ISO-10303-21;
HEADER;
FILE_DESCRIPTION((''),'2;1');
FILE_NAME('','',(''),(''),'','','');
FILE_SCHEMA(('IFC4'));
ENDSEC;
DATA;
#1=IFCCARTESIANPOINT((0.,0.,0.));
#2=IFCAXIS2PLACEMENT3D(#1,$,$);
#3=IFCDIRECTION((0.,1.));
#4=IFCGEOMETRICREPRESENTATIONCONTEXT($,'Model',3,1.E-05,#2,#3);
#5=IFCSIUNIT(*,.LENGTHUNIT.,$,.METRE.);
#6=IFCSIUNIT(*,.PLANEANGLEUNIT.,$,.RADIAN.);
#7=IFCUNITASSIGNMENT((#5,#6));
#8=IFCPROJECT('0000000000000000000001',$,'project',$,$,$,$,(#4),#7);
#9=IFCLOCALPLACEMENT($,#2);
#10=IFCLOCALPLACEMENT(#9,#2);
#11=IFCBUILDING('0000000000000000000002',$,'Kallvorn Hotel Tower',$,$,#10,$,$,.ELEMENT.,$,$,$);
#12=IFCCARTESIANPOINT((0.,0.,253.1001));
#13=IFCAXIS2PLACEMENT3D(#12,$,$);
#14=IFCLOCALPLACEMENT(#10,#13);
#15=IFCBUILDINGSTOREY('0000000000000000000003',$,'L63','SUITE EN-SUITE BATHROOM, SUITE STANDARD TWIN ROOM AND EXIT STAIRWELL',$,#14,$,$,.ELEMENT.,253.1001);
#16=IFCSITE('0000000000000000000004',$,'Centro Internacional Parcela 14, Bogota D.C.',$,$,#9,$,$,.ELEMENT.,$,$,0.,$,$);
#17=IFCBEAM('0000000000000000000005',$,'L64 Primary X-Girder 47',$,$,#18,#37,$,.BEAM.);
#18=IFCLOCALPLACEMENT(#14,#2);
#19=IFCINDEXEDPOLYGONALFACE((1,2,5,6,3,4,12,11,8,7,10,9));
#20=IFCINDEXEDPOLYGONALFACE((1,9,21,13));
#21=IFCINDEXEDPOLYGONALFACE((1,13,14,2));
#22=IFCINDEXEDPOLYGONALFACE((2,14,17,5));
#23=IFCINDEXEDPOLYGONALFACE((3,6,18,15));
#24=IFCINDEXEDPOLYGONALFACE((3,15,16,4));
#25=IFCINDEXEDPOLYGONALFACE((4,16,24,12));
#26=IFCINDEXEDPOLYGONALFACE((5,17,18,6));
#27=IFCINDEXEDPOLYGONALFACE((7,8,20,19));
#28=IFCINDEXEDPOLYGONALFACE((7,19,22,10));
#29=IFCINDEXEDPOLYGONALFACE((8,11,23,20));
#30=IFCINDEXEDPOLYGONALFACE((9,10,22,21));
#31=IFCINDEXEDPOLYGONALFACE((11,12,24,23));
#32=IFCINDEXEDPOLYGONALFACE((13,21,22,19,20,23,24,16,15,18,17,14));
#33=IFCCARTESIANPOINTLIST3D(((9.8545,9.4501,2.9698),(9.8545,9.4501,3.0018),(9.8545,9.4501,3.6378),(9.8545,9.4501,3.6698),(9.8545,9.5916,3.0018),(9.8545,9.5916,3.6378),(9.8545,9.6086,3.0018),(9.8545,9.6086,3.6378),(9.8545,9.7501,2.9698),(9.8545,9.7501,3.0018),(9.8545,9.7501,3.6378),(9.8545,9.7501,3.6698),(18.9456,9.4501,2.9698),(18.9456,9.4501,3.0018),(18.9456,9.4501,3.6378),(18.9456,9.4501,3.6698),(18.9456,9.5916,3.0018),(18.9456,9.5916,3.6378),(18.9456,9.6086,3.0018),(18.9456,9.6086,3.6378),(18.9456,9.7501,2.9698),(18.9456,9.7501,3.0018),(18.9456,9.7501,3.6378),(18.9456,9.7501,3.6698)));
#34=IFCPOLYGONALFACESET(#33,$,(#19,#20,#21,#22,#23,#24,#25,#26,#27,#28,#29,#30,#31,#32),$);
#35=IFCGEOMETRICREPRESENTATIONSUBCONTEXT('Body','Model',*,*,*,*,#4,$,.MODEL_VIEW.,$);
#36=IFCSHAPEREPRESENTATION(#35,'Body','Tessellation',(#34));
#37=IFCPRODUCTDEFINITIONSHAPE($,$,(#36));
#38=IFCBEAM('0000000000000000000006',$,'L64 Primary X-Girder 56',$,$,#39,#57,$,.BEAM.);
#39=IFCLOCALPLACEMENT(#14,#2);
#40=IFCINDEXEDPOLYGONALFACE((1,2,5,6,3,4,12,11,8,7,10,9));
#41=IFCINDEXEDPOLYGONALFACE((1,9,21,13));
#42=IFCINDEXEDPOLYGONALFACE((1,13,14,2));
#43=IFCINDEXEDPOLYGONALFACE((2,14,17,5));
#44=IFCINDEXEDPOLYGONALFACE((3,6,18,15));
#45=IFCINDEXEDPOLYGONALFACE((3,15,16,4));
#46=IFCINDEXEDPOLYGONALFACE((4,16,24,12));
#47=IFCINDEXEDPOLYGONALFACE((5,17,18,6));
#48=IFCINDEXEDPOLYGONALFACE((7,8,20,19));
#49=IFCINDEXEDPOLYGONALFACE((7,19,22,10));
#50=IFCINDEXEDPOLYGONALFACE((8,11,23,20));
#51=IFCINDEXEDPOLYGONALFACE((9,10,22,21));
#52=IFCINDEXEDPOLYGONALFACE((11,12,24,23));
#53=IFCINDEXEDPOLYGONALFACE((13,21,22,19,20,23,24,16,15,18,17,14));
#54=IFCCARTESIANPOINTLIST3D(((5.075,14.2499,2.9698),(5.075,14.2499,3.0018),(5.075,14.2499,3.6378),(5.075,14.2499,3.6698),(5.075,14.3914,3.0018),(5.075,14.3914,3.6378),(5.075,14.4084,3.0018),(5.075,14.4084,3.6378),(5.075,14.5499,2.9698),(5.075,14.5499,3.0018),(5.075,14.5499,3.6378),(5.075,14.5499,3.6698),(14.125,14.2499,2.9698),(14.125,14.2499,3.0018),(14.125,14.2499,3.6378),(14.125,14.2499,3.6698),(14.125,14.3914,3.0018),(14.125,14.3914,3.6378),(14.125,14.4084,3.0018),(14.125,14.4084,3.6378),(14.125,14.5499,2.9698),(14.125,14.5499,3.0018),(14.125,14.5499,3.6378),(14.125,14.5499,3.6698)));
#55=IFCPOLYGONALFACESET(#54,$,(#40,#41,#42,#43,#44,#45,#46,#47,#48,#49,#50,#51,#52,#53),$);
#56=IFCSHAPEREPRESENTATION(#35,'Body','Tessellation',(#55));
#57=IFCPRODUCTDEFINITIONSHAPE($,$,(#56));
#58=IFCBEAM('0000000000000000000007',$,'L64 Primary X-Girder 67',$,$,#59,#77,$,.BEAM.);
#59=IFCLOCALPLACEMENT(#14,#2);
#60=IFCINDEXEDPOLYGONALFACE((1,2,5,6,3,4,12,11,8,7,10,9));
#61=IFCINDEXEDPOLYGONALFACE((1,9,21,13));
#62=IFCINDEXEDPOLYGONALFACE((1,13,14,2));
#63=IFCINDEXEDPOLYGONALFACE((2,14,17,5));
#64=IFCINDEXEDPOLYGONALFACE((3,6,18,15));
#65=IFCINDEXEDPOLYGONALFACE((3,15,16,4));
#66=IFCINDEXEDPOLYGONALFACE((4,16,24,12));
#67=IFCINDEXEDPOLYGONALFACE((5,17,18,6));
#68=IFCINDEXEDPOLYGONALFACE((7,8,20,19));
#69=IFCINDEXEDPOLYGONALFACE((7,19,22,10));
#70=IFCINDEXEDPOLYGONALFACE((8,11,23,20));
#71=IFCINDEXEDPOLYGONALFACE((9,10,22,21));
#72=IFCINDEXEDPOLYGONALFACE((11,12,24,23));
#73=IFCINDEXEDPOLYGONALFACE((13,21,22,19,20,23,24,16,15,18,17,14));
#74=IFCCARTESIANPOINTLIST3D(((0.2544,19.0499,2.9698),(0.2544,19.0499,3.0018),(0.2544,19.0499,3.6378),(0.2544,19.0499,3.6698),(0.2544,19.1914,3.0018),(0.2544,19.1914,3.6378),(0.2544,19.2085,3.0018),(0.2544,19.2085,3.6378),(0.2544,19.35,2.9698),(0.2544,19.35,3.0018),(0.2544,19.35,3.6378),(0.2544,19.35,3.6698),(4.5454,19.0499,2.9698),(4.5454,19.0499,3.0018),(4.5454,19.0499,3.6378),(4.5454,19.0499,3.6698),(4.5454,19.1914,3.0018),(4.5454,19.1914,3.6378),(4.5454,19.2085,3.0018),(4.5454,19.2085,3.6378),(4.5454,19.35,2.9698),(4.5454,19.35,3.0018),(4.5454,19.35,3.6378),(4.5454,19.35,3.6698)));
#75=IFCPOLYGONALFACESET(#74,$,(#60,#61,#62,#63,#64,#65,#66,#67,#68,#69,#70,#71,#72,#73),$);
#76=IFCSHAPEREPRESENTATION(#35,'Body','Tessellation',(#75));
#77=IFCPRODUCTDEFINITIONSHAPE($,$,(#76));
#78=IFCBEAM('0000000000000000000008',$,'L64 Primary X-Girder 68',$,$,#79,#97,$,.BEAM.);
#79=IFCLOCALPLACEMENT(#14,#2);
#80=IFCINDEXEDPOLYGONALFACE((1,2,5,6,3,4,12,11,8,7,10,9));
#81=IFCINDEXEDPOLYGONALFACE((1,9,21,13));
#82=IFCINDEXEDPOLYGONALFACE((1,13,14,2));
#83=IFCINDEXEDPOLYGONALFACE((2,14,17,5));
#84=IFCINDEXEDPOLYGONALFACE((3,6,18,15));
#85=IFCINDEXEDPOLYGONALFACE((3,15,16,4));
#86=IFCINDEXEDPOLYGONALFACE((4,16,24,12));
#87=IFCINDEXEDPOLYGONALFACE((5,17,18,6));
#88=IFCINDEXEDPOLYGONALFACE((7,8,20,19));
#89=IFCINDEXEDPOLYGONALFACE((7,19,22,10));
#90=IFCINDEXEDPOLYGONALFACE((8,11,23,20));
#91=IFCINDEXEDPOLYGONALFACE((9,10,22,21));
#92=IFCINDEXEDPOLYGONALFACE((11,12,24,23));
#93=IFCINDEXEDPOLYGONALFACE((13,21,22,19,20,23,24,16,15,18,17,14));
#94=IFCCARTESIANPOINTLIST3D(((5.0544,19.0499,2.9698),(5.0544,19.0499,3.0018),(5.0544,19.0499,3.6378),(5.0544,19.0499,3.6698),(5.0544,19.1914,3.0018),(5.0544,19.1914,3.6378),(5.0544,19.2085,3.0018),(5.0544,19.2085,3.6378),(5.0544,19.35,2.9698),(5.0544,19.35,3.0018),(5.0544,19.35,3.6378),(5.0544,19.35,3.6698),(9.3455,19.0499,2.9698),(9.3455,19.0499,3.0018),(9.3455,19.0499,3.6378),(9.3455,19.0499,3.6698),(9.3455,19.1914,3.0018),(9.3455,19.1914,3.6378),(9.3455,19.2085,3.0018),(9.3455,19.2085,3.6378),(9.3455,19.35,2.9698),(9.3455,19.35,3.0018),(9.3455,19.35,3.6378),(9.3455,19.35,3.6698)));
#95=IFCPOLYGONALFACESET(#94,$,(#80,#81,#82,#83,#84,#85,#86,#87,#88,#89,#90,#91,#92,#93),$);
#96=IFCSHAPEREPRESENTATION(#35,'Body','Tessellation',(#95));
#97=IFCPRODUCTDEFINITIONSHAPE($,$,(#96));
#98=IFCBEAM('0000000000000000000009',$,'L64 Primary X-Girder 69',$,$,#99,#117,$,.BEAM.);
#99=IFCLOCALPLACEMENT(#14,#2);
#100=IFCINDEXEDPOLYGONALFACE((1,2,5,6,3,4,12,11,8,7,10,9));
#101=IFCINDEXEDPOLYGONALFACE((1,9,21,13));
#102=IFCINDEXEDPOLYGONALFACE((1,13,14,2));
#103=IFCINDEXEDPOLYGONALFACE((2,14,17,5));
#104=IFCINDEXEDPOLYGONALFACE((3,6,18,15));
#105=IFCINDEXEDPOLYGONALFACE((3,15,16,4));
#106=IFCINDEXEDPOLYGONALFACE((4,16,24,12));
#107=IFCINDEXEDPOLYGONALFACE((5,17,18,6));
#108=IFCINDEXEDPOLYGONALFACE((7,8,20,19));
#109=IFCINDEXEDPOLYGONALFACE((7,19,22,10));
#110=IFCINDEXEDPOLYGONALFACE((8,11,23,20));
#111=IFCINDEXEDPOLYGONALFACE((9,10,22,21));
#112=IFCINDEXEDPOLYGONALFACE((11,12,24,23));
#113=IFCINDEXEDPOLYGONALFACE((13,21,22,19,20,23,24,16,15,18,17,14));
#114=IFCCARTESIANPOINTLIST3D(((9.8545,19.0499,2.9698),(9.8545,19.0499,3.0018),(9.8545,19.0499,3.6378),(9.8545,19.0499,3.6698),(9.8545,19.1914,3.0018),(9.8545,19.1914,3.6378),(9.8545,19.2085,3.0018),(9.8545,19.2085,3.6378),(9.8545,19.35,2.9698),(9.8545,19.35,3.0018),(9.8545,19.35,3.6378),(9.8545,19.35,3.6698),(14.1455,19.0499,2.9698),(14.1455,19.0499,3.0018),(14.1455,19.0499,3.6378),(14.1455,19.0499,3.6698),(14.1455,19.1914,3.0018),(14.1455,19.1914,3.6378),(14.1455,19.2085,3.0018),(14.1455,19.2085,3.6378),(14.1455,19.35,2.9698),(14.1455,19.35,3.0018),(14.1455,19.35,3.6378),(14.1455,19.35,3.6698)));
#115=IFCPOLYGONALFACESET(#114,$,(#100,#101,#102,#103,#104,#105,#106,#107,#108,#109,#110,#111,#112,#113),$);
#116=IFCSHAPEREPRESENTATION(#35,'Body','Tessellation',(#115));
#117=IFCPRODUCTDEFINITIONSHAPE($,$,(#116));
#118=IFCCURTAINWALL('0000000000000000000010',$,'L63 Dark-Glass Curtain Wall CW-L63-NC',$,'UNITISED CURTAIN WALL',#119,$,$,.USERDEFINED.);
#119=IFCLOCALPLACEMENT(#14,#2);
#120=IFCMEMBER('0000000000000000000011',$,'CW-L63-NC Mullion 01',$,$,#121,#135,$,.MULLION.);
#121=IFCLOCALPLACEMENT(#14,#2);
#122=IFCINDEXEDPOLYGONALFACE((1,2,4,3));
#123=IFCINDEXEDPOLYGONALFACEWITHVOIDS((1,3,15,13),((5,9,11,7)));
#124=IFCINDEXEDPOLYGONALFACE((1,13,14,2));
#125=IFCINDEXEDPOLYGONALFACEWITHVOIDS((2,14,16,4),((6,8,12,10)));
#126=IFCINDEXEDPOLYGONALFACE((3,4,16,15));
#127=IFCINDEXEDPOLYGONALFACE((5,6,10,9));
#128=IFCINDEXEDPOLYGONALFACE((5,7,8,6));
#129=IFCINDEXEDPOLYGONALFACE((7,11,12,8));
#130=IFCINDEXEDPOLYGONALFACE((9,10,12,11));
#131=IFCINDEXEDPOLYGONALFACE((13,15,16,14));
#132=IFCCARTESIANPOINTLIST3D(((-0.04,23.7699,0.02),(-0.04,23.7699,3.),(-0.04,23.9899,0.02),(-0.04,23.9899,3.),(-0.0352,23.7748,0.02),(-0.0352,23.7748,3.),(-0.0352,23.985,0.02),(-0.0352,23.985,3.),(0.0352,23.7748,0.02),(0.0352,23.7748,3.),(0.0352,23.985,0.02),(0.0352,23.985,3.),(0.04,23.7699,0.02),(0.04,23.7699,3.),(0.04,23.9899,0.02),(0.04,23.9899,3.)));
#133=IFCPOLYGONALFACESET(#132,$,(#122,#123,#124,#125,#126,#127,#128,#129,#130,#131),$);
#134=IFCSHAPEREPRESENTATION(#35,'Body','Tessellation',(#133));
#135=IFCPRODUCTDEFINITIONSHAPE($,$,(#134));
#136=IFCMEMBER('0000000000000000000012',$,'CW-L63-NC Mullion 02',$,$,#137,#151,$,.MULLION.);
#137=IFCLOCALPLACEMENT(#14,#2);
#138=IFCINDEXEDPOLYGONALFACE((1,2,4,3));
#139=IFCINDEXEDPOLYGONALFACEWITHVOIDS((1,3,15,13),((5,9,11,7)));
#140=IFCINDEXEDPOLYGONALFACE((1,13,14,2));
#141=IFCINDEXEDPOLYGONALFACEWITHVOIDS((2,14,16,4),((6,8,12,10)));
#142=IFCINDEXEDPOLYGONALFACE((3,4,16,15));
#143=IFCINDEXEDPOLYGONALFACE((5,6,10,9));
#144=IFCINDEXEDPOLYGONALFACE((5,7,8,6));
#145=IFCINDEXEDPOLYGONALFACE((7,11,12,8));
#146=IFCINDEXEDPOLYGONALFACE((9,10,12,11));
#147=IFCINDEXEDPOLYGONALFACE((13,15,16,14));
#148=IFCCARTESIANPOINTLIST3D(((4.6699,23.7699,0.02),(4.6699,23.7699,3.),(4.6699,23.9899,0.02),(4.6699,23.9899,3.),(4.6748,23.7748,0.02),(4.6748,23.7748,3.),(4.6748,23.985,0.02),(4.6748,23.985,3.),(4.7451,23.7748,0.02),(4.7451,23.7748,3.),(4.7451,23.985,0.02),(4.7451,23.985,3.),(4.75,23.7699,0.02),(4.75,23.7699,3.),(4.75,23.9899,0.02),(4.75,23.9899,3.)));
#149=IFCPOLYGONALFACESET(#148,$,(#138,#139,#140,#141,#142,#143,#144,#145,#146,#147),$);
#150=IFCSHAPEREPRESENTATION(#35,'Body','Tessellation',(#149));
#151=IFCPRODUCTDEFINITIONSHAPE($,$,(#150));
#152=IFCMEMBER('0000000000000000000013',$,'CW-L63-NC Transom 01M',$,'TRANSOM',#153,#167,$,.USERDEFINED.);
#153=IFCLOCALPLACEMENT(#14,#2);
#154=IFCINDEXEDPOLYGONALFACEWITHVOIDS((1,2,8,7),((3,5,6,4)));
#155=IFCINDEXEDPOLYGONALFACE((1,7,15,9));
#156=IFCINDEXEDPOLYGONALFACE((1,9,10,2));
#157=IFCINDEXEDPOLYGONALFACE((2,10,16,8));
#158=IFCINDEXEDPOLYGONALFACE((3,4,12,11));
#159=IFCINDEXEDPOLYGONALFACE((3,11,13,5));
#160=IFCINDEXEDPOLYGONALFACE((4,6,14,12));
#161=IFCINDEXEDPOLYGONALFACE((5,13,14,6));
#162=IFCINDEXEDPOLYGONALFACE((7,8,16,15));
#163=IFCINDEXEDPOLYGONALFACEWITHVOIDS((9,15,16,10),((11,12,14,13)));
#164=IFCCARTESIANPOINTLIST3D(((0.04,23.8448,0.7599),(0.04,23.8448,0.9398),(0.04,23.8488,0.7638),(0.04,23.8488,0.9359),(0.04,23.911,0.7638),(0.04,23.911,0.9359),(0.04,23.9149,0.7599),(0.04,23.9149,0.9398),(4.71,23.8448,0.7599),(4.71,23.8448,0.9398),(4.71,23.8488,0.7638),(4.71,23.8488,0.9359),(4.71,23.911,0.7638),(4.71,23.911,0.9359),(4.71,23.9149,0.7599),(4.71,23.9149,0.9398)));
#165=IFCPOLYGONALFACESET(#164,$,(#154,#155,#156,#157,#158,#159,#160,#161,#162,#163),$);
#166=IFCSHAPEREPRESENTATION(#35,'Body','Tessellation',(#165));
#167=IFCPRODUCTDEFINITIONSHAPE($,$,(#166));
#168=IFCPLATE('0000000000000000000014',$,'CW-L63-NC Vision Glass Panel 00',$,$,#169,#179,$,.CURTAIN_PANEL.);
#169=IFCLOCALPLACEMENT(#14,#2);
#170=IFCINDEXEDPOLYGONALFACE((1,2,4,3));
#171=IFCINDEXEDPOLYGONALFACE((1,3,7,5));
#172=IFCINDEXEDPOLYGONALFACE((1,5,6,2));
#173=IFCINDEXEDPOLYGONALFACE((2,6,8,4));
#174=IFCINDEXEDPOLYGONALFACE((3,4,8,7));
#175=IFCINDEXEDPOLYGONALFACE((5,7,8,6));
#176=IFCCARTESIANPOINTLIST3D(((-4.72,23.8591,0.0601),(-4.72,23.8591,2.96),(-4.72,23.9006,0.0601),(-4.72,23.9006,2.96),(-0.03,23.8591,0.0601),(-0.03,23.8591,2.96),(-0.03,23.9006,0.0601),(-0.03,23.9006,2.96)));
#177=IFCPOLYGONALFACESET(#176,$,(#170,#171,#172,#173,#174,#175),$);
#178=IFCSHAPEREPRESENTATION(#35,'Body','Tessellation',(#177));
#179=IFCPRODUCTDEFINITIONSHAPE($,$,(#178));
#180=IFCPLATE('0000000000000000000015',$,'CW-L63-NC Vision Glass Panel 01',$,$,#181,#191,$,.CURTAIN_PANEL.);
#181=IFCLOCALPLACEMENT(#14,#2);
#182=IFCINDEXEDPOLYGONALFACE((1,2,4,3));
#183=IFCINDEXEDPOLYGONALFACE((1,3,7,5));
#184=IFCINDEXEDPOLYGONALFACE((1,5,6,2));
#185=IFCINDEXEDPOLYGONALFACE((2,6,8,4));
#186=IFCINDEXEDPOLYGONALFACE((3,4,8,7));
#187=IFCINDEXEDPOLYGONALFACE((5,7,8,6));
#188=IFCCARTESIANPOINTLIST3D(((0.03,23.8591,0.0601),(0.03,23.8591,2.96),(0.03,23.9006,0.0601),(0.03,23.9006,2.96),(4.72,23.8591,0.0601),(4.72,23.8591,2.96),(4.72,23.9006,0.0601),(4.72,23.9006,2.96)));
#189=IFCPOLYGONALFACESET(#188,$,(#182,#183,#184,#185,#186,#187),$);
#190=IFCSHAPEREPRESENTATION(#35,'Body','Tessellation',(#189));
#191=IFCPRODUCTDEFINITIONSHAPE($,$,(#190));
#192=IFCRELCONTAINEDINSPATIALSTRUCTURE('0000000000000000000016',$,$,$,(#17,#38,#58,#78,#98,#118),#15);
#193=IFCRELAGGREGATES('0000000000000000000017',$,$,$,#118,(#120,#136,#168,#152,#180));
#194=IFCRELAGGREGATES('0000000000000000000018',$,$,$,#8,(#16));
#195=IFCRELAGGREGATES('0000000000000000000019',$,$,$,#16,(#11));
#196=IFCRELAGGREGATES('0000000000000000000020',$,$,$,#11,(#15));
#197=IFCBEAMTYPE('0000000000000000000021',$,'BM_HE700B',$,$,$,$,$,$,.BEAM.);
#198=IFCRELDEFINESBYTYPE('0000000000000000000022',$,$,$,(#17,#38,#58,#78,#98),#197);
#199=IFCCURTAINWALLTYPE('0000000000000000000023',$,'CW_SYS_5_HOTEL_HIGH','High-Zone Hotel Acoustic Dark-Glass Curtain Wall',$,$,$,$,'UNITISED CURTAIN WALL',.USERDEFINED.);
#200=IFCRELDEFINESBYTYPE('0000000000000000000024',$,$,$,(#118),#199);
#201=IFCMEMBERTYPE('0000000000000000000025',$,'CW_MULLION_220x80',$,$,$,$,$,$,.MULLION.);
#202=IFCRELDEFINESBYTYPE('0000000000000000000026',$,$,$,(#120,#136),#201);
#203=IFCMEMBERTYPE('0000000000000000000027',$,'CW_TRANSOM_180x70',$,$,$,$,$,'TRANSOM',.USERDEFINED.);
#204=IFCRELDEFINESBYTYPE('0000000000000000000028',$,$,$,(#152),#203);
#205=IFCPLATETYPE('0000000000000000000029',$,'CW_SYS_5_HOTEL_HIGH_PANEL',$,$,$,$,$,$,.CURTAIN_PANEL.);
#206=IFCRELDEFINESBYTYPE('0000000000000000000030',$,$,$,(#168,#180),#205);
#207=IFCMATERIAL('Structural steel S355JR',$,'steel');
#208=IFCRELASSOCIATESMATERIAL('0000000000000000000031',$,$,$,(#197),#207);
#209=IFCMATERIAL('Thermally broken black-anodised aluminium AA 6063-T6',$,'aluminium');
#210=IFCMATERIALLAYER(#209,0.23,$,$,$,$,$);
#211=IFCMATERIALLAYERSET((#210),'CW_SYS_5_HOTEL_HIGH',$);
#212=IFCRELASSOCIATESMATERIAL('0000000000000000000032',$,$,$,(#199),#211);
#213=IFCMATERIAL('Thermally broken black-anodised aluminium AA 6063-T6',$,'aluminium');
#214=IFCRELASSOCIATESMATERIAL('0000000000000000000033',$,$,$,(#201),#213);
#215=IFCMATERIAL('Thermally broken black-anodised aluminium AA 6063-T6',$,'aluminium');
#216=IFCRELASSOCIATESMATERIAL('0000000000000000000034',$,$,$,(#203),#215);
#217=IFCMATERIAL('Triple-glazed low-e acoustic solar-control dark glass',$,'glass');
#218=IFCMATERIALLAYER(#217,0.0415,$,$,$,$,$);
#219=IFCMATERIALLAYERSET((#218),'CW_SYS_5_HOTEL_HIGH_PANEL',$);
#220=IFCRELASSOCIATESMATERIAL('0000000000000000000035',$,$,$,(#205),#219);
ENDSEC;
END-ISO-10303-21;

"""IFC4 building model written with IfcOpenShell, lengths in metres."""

from ifc_helpers import new_model, si_unit, direction, frame, origin, origin_2d, place, context, subcontext, project, spatial, rectangle, hollow_rectangle, i_section, extrude, material, layer, layer_set, material_profile, profile_set, type_object, element, aggregate, save


model = new_model("IFC4")

# Units and contexts
model_context = context("Model", 3, precision=1e-05, world=origin(), true_north=direction((0.0, 1.0)))
body_context = subcontext(model_context, "Body", "Model", "MODEL_VIEW")
ifc_project = project(units=[si_unit("LENGTHUNIT", "METRE"), si_unit("PLANEANGLEUNIT", "RADIAN")], contexts=[model_context])

# Site, building, storey
site_placement = place(None, origin())
site = spatial("IfcSite", under=ifc_project, at=site_placement, Name="Centro Internacional Parcela 14, Bogota D.C.", CompositionType="ELEMENT", RefElevation=0.0)
building_placement = place(site_placement, origin())
building = spatial("IfcBuilding", under=site, at=building_placement, Name="Kallvorn Hotel Tower", CompositionType="ELEMENT")
storey_placement = place(building_placement, frame((0.0, 0.0, 253.1001)))
storey = spatial("IfcBuildingStorey", under=building, at=storey_placement, Name="L63", Description="SUITE EN-SUITE BATHROOM, SUITE STANDARD TWIN ROOM AND EXIT STAIRWELL", CompositionType="ELEMENT", Elevation=253.1001)

# Beams
ifc_material_1 = material(Name="Structural steel S355JR", Category="steel")
ifc_material_profile_1 = material_profile(ifc_material_1, i_section(OverallWidth=0.3, OverallDepth=0.7, WebThickness=0.0171, FlangeThickness=0.032, at=origin_2d()), Name="HE 700 B")
ifc_profile_set_1 = profile_set([ifc_material_profile_1], Name="Structural steel S355JR")
beam_type_1 = type_object("IfcBeamType", Name="BM_HE700B", PredefinedType="BEAM", material=ifc_profile_set_1)
beam_1_placement = place(storey_placement, frame((9.8545, 9.6001, 3.3198), z_axis=(1.0, 0.0, 0.0), x_axis=(0.0, 1.0, 0.0)))
element("IfcBeam", 1, at=beam_1_placement, inside=storey, type_object=beam_type_1, Name="L64 Primary X-Girder 47", PredefinedType="BEAM", context=body_context, shape_type="SweptSolid", body=[
    extrude(i_section(OverallWidth=0.3, OverallDepth=0.7, WebThickness=0.0171, FlangeThickness=0.032, at=origin_2d()), origin(), (0.0, 0.0, 1.0), 9.0911),
])
beam_2_placement = place(storey_placement, frame((5.075, 14.3999, 3.3198), z_axis=(1.0, 0.0, 0.0), x_axis=(0.0, 1.0, 0.0)))
element("IfcBeam", 2, at=beam_2_placement, inside=storey, type_object=beam_type_1, Name="L64 Primary X-Girder 56", PredefinedType="BEAM", context=body_context, shape_type="SweptSolid", body=[
    extrude(i_section(OverallWidth=0.3, OverallDepth=0.7, WebThickness=0.0171, FlangeThickness=0.032, at=origin_2d()), origin(), (0.0, 0.0, 1.0), 9.05),
])
for number, where, z_axis, x_axis, name in (
    (3, (0.2544, 19.2, 3.3198), (1.0, 0.0, 0.0), (0.0, 1.0, 0.0), "L64 Primary X-Girder 67"),
    (4, (5.0544, 19.2, 3.3198), (1.0, 0.0, 0.0), (0.0, 1.0, 0.0), "L64 Primary X-Girder 68"),
    (5, (9.8545, 19.2, 3.3198), (1.0, 0.0, 0.0), (0.0, 1.0, 0.0), "L64 Primary X-Girder 69"),
):
    element("IfcBeam", number, at=place(storey_placement, frame(where, z_axis=z_axis, x_axis=x_axis)), inside=storey, type_object=beam_type_1, Name=name, PredefinedType="BEAM", context=body_context, shape_type="SweptSolid", body=[
        extrude(i_section(OverallWidth=0.3, OverallDepth=0.7, WebThickness=0.0171, FlangeThickness=0.032, at=origin_2d()), origin(), (0.0, 0.0, 1.0), 4.291),
    ])

# Curtain wall, members, plates
ifc_material_2 = material(Name="Thermally broken black-anodised aluminium AA 6063-T6", Category="aluminium")
ifc_layer_1 = layer(ifc_material_2, 0.23)
ifc_layer_set_1 = layer_set([ifc_layer_1], Name="CW_SYS_5_HOTEL_HIGH")
curtain_wall_type = type_object("IfcCurtainWallType", Name="CW_SYS_5_HOTEL_HIGH", Description="High-Zone Hotel Acoustic Dark-Glass Curtain Wall", ElementType="UNITISED CURTAIN WALL", PredefinedType="USERDEFINED", material=ifc_layer_set_1)
curtain_wall_placement = place(storey_placement, origin())
curtain_wall = element("IfcCurtainWall", 6, at=curtain_wall_placement, inside=storey, type_object=curtain_wall_type, Name="L63 Dark-Glass Curtain Wall CW-L63-NC", ObjectType="UNITISED CURTAIN WALL", PredefinedType="USERDEFINED")
ifc_material_3 = material(Name="Thermally broken black-anodised aluminium AA 6063-T6", Category="aluminium")
ifc_material_profile_2 = material_profile(ifc_material_3, hollow_rectangle(XDim=0.0801, YDim=0.22, WallThickness=0.0049, at=origin_2d()), Name="MUL 220x80")
ifc_profile_set_2 = profile_set([ifc_material_profile_2], Name="Thermally broken black-anodised aluminium AA 6063-T6")
member_type_1 = type_object("IfcMemberType", Name="CW_MULLION_220x80", PredefinedType="MULLION", material=ifc_profile_set_2)
member_1_placement = place(storey_placement, frame((0.0, 23.8799, 0.02), z_axis=(0.0, 0.0, 1.0), x_axis=(1.0, 0.0, 0.0)))
member_1 = element("IfcMember", 7, at=member_1_placement, type_object=member_type_1, Name="CW-L63-NC Mullion 01", PredefinedType="MULLION", context=body_context, shape_type="SweptSolid", body=[
    extrude(hollow_rectangle(XDim=0.0801, YDim=0.22, WallThickness=0.0049, at=origin_2d()), origin(), (0.0, 0.0, 1.0), 2.98),
])
member_2_placement = place(storey_placement, frame((4.71, 23.8799, 0.02), z_axis=(0.0, 0.0, 1.0), x_axis=(1.0, 0.0, 0.0)))
member_2 = element("IfcMember", 8, at=member_2_placement, type_object=member_type_1, Name="CW-L63-NC Mullion 02", PredefinedType="MULLION", context=body_context, shape_type="SweptSolid", body=[
    extrude(hollow_rectangle(XDim=0.0801, YDim=0.22, WallThickness=0.0049, at=origin_2d()), origin(), (0.0, 0.0, 1.0), 2.98),
])
ifc_material_4 = material(Name="Thermally broken black-anodised aluminium AA 6063-T6", Category="aluminium")
ifc_material_profile_3 = material_profile(ifc_material_4, hollow_rectangle(XDim=0.0701, YDim=0.1799, WallThickness=0.0039, at=origin_2d()), Name="TRN 180x70")
ifc_profile_set_3 = profile_set([ifc_material_profile_3], Name="Thermally broken black-anodised aluminium AA 6063-T6")
member_type_2 = type_object("IfcMemberType", Name="CW_TRANSOM_180x70", ElementType="TRANSOM", PredefinedType="USERDEFINED", material=ifc_profile_set_3)
member_3_placement = place(storey_placement, frame((0.04, 23.8799, 0.8499), z_axis=(1.0, 0.0, 0.0), x_axis=(0.0, 1.0, 0.0)))
member_3 = element("IfcMember", 9, at=member_3_placement, type_object=member_type_2, Name="CW-L63-NC Transom 01M", ObjectType="TRANSOM", PredefinedType="USERDEFINED", context=body_context, shape_type="SweptSolid", body=[
    extrude(hollow_rectangle(XDim=0.0701, YDim=0.1799, WallThickness=0.0039, at=origin_2d()), origin(), (0.0, 0.0, 1.0), 4.6699),
])
ifc_material_5 = material(Name="Triple-glazed low-e acoustic solar-control dark glass", Category="glass")
ifc_layer_2 = layer(ifc_material_5, 0.0415)
ifc_layer_set_2 = layer_set([ifc_layer_2], Name="CW_SYS_5_HOTEL_HIGH_PANEL")
plate_type = type_object("IfcPlateType", Name="CW_SYS_5_HOTEL_HIGH_PANEL", PredefinedType="CURTAIN_PANEL", material=ifc_layer_set_2)
plate_1_placement = place(storey_placement, frame((-2.375, 23.8799, 0.0601), z_axis=(0.0, 0.0, 1.0), x_axis=(1.0, 0.0, 0.0)))
plate_1 = element("IfcPlate", 10, at=plate_1_placement, type_object=plate_type, Name="CW-L63-NC Vision Glass Panel 00", PredefinedType="CURTAIN_PANEL", context=body_context, shape_type="SweptSolid", body=[
    extrude(rectangle(XDim=4.6899, YDim=0.0415, at=origin_2d()), origin(), (0.0, 0.0, 1.0), 2.8999),
])
plate_2_placement = place(storey_placement, frame((2.375, 23.8799, 0.0601), z_axis=(0.0, 0.0, 1.0), x_axis=(1.0, 0.0, 0.0)))
plate_2 = element("IfcPlate", 11, at=plate_2_placement, type_object=plate_type, Name="CW-L63-NC Vision Glass Panel 01", PredefinedType="CURTAIN_PANEL", context=body_context, shape_type="SweptSolid", body=[
    extrude(rectangle(XDim=4.6899, YDim=0.0415, at=origin_2d()), origin(), (0.0, 0.0, 1.0), 2.8999),
])
aggregate(curtain_wall, [member_1, member_2, plate_1, member_3, plate_2])

save(model, "model.ifc")
